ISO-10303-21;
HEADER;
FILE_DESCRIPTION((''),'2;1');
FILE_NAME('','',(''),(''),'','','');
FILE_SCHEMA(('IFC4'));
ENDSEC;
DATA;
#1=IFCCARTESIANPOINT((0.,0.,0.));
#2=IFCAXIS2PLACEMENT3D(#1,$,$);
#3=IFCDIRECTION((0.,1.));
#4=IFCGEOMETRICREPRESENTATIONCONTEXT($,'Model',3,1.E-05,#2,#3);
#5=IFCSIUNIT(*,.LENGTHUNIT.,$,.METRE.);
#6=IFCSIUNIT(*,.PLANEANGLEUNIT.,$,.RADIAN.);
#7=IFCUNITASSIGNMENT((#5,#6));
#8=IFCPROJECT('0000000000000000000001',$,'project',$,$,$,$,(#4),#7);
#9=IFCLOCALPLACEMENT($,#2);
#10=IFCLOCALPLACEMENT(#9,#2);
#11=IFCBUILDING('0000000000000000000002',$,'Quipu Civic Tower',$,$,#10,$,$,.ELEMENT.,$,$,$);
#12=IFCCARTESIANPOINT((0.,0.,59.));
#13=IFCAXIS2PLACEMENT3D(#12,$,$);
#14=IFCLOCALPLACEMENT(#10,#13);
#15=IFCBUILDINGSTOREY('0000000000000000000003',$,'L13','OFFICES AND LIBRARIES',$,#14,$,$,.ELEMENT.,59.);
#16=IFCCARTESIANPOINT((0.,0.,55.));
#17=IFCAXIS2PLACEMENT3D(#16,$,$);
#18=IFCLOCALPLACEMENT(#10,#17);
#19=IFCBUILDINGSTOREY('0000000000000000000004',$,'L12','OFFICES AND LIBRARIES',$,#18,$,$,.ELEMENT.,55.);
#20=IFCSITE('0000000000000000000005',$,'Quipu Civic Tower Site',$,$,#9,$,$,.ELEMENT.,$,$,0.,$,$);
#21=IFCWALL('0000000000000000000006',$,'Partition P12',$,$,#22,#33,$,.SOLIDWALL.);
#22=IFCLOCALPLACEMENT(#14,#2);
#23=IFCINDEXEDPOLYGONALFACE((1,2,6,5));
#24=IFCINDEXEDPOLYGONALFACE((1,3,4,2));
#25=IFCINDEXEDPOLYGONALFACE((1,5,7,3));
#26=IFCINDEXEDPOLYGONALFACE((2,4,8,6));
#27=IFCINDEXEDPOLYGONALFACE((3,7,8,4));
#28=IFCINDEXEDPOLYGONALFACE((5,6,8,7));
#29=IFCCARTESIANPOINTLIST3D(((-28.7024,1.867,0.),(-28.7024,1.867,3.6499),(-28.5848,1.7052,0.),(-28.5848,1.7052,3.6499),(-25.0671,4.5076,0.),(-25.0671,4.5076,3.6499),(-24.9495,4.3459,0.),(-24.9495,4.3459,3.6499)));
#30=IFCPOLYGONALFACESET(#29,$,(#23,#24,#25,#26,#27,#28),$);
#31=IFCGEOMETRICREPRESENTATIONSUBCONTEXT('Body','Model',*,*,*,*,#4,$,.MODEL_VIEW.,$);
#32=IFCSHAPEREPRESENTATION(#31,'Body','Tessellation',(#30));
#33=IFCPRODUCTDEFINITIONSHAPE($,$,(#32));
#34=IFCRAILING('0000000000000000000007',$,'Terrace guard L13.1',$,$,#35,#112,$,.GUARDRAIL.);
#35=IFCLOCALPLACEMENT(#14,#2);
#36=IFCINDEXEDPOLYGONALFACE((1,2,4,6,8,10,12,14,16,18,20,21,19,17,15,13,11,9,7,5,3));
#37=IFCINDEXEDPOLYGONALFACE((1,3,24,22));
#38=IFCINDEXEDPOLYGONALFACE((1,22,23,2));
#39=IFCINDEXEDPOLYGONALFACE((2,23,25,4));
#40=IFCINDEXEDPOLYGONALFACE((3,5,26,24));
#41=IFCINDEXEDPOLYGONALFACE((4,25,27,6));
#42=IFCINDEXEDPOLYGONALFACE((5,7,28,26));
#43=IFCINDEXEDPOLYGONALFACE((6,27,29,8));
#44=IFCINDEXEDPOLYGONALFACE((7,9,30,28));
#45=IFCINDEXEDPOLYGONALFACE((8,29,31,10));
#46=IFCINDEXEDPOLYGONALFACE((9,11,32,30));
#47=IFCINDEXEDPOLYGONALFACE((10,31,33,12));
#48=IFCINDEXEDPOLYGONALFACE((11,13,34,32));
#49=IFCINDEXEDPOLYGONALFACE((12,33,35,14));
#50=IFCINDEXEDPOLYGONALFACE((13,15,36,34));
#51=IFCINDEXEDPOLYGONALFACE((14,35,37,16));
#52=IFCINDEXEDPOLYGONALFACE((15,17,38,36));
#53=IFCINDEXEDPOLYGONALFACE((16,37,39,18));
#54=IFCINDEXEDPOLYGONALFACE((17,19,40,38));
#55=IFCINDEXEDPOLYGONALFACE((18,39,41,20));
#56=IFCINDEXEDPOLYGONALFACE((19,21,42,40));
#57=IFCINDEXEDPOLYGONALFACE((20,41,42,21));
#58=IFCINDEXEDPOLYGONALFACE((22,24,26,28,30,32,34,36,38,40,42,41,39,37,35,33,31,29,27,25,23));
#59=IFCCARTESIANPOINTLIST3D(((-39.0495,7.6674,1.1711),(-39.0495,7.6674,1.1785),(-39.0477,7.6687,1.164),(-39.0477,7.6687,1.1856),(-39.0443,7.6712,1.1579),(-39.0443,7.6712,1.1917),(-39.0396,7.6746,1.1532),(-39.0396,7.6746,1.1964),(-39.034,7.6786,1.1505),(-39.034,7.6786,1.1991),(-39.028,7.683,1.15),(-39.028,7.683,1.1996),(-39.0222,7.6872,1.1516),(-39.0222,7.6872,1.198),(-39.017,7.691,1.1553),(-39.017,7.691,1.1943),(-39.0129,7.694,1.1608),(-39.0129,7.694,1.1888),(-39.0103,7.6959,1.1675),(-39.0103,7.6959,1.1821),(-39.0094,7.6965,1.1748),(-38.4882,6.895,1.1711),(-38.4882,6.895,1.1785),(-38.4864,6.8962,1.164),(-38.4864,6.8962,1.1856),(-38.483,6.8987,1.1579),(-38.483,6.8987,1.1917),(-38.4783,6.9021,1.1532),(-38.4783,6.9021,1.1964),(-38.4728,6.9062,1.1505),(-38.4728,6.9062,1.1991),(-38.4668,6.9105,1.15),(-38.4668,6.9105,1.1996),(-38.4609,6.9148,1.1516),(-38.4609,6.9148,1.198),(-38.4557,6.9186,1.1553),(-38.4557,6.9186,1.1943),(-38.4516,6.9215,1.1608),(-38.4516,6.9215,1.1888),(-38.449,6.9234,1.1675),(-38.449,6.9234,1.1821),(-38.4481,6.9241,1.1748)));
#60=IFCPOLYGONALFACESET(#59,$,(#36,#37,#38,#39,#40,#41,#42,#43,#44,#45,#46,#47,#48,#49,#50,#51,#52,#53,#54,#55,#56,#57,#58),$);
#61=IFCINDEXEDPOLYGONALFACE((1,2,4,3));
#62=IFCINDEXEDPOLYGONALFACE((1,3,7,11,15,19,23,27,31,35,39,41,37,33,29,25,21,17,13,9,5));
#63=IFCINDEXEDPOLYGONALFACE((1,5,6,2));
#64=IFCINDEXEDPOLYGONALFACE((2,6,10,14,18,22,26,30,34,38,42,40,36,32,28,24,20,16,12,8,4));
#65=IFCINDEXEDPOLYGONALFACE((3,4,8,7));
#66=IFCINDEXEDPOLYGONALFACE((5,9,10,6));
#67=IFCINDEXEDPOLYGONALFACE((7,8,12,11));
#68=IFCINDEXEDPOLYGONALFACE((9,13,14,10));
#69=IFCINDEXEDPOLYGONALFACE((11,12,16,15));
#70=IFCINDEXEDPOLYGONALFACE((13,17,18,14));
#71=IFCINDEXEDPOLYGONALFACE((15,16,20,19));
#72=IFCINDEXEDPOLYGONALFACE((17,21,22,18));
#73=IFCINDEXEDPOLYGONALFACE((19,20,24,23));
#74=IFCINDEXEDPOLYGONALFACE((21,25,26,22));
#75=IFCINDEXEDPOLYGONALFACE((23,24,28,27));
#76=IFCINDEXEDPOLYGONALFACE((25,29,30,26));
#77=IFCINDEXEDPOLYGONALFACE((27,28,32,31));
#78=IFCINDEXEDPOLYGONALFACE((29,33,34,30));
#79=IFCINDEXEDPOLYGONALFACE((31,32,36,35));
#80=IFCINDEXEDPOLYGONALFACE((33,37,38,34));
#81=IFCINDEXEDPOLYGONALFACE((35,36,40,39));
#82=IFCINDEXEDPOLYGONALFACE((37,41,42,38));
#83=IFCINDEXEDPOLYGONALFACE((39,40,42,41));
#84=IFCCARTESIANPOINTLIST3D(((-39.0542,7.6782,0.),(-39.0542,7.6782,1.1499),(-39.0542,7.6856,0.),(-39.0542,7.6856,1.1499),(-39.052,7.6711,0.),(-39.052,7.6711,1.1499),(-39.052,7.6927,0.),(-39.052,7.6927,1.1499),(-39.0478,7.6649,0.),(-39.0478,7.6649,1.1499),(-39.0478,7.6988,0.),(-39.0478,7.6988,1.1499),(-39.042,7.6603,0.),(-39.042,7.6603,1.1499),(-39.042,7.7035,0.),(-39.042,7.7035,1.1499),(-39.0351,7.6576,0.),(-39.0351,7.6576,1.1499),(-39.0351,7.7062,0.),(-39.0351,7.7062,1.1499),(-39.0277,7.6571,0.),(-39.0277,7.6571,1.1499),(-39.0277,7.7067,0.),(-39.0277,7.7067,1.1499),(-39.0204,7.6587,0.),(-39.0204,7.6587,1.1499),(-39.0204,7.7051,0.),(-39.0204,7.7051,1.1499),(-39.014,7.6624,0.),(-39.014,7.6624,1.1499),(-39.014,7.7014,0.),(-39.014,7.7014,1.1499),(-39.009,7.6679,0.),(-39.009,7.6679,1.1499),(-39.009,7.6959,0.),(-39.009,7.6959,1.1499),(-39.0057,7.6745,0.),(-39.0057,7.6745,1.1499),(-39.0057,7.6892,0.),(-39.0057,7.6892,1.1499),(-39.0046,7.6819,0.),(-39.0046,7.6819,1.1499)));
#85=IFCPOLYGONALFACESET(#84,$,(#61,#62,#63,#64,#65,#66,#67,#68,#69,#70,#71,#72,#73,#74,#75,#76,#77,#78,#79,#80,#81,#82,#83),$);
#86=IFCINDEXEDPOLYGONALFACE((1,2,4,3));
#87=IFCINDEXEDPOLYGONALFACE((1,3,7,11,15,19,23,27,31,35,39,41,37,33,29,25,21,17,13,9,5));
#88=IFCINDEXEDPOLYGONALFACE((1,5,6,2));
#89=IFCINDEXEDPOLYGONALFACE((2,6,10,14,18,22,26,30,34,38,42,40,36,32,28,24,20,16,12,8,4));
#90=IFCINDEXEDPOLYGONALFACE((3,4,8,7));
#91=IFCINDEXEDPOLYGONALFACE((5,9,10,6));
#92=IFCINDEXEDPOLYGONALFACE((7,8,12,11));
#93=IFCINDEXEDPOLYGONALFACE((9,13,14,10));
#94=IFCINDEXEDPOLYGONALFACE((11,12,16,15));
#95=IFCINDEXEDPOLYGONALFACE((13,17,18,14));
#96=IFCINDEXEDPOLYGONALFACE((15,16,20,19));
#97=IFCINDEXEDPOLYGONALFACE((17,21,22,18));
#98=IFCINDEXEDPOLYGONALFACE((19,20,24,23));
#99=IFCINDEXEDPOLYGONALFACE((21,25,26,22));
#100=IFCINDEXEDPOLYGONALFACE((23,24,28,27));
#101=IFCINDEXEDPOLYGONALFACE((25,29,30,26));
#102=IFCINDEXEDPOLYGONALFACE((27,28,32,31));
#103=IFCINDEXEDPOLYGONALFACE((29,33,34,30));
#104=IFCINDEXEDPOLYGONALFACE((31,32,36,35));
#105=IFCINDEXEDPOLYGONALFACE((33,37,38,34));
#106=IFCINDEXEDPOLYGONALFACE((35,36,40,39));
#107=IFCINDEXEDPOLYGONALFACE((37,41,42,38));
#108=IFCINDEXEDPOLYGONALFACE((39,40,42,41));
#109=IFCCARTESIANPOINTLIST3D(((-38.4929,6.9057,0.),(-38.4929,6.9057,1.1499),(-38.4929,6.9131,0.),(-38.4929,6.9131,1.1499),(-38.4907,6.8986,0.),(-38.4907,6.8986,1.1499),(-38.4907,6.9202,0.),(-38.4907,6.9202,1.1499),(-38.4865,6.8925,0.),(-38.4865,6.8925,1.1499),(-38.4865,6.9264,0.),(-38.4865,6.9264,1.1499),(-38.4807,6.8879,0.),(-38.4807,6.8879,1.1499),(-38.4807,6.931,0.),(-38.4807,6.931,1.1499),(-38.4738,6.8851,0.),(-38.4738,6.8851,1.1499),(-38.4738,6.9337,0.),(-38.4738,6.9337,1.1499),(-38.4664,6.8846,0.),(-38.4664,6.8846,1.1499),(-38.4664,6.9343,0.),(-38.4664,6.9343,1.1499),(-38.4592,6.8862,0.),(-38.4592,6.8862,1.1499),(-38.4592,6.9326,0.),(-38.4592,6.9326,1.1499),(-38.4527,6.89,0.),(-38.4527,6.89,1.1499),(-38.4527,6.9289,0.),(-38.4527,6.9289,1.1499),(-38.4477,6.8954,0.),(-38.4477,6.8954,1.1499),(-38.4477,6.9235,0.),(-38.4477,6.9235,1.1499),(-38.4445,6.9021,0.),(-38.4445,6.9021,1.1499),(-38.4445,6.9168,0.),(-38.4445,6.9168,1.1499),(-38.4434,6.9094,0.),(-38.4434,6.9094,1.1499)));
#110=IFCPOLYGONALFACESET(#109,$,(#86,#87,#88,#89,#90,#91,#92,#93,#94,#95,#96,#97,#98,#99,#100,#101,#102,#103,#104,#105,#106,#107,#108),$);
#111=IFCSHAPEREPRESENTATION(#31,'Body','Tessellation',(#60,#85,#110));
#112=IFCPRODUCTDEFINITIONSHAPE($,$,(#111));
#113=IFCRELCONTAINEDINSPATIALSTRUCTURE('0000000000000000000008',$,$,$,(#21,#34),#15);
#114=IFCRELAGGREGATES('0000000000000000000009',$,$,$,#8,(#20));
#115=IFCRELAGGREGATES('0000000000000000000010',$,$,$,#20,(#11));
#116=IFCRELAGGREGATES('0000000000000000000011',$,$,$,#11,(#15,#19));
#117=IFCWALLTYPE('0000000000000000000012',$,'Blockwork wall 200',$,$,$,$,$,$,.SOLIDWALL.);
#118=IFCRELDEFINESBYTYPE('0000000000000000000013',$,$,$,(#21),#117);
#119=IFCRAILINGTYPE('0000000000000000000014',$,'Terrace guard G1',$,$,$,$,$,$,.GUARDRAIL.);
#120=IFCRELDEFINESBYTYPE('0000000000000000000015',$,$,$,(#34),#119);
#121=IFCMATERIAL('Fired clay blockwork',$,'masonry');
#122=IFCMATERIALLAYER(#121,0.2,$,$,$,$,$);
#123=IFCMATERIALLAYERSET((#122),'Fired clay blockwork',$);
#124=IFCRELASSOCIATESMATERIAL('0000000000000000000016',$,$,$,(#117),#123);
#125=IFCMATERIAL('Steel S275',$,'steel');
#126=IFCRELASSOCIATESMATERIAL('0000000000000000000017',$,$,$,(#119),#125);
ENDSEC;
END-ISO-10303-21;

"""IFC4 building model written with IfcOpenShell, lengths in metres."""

from ifc_helpers import new_model, si_unit, direction, frame, frame_2d, origin, origin_2d, place, context, subcontext, project, spatial, rectangle, circle, extrude, material, layer, layer_set, type_object, element, save


model = new_model("IFC4")

# Units and contexts
model_context = context("Model", 3, precision=1e-05, world=origin(), true_north=direction((0.0, 1.0)))
body_context = subcontext(model_context, "Body", "Model", "MODEL_VIEW")
ifc_project = project(units=[si_unit("LENGTHUNIT", "METRE"), si_unit("PLANEANGLEUNIT", "RADIAN")], contexts=[model_context])

# Site, building, storey
site_placement = place(None, origin())
site = spatial("IfcSite", under=ifc_project, at=site_placement, Name="Quipu Civic Tower Site", CompositionType="ELEMENT", RefElevation=0.0)
building_placement = place(site_placement, origin())
building = spatial("IfcBuilding", under=site, at=building_placement, Name="Quipu Civic Tower", CompositionType="ELEMENT")
storey_1_placement = place(building_placement, frame((0.0, 0.0, 59.0)))
storey_1 = spatial("IfcBuildingStorey", under=building, at=storey_1_placement, Name="L13", Description="OFFICES AND LIBRARIES", CompositionType="ELEMENT", Elevation=59.0)

# Shared definitions
storey_2_placement = place(building_placement, frame((0.0, 0.0, 55.0)))
storey_2 = spatial("IfcBuildingStorey", under=building, at=storey_2_placement, Name="L12", Description="OFFICES AND LIBRARIES", CompositionType="ELEMENT", Elevation=55.0)

# Wall
ifc_material_1 = material(Name="Fired clay blockwork", Category="masonry")
ifc_layer_1 = layer(ifc_material_1, 0.2)
ifc_layer_set_1 = layer_set([ifc_layer_1], Name="Fired clay blockwork")
wall_type_1 = type_object("IfcWallType", Name="Blockwork wall 200", PredefinedType="SOLIDWALL", material=ifc_layer_set_1)
wall_1_placement = place(storey_1_placement, frame((-25.0083, 4.4268, 0.0), z_axis=(0.0, 0.0, 1.0), x_axis=(-0.809074, -0.587706, 0.0)))
element("IfcWall", 1, at=wall_1_placement, inside=storey_1, type_object=wall_type_1, Name="Partition P12", PredefinedType="SOLIDWALL", context=body_context, shape_type="SweptSolid", body=[
    extrude(rectangle(XDim=4.4932, YDim=0.2, at=frame_2d((2.2466, 0.0))), origin(), (0.0, 0.0, 1.0), 3.6499),
])

# Railing
ifc_material_2 = material(Name="Steel S275", Category="steel")
railing_type = type_object("IfcRailingType", Name="Terrace guard G1", PredefinedType="GUARDRAIL", material=ifc_material_2)
railing_1_placement = place(storey_1_placement, frame((-39.0295, 7.6819, 0.0)))
element("IfcRailing", 2, at=railing_1_placement, inside=storey_1, type_object=railing_type, Name="Terrace guard L13.1", PredefinedType="GUARDRAIL", context=body_context, shape_type="SweptSolid", body=[
    extrude(circle(Radius=0.0249, at=origin_2d()), frame((0.0, 0.0, 1.1748), z_axis=(0.587822, -0.80899, 0.0), x_axis=(0.80899, 0.587822, 0.0)), (0.0, 0.0, 1.0), 0.9548),
    extrude(circle(Radius=0.0249, at=origin_2d()), origin(), (0.0, 0.0, 1.0), 1.1499),
    extrude(circle(Radius=0.0249, at=origin_2d()), frame((0.5613, -0.7725, 0.0)), (0.0, 0.0, 1.0), 1.1499),
])

save(model, "model.ifc")
